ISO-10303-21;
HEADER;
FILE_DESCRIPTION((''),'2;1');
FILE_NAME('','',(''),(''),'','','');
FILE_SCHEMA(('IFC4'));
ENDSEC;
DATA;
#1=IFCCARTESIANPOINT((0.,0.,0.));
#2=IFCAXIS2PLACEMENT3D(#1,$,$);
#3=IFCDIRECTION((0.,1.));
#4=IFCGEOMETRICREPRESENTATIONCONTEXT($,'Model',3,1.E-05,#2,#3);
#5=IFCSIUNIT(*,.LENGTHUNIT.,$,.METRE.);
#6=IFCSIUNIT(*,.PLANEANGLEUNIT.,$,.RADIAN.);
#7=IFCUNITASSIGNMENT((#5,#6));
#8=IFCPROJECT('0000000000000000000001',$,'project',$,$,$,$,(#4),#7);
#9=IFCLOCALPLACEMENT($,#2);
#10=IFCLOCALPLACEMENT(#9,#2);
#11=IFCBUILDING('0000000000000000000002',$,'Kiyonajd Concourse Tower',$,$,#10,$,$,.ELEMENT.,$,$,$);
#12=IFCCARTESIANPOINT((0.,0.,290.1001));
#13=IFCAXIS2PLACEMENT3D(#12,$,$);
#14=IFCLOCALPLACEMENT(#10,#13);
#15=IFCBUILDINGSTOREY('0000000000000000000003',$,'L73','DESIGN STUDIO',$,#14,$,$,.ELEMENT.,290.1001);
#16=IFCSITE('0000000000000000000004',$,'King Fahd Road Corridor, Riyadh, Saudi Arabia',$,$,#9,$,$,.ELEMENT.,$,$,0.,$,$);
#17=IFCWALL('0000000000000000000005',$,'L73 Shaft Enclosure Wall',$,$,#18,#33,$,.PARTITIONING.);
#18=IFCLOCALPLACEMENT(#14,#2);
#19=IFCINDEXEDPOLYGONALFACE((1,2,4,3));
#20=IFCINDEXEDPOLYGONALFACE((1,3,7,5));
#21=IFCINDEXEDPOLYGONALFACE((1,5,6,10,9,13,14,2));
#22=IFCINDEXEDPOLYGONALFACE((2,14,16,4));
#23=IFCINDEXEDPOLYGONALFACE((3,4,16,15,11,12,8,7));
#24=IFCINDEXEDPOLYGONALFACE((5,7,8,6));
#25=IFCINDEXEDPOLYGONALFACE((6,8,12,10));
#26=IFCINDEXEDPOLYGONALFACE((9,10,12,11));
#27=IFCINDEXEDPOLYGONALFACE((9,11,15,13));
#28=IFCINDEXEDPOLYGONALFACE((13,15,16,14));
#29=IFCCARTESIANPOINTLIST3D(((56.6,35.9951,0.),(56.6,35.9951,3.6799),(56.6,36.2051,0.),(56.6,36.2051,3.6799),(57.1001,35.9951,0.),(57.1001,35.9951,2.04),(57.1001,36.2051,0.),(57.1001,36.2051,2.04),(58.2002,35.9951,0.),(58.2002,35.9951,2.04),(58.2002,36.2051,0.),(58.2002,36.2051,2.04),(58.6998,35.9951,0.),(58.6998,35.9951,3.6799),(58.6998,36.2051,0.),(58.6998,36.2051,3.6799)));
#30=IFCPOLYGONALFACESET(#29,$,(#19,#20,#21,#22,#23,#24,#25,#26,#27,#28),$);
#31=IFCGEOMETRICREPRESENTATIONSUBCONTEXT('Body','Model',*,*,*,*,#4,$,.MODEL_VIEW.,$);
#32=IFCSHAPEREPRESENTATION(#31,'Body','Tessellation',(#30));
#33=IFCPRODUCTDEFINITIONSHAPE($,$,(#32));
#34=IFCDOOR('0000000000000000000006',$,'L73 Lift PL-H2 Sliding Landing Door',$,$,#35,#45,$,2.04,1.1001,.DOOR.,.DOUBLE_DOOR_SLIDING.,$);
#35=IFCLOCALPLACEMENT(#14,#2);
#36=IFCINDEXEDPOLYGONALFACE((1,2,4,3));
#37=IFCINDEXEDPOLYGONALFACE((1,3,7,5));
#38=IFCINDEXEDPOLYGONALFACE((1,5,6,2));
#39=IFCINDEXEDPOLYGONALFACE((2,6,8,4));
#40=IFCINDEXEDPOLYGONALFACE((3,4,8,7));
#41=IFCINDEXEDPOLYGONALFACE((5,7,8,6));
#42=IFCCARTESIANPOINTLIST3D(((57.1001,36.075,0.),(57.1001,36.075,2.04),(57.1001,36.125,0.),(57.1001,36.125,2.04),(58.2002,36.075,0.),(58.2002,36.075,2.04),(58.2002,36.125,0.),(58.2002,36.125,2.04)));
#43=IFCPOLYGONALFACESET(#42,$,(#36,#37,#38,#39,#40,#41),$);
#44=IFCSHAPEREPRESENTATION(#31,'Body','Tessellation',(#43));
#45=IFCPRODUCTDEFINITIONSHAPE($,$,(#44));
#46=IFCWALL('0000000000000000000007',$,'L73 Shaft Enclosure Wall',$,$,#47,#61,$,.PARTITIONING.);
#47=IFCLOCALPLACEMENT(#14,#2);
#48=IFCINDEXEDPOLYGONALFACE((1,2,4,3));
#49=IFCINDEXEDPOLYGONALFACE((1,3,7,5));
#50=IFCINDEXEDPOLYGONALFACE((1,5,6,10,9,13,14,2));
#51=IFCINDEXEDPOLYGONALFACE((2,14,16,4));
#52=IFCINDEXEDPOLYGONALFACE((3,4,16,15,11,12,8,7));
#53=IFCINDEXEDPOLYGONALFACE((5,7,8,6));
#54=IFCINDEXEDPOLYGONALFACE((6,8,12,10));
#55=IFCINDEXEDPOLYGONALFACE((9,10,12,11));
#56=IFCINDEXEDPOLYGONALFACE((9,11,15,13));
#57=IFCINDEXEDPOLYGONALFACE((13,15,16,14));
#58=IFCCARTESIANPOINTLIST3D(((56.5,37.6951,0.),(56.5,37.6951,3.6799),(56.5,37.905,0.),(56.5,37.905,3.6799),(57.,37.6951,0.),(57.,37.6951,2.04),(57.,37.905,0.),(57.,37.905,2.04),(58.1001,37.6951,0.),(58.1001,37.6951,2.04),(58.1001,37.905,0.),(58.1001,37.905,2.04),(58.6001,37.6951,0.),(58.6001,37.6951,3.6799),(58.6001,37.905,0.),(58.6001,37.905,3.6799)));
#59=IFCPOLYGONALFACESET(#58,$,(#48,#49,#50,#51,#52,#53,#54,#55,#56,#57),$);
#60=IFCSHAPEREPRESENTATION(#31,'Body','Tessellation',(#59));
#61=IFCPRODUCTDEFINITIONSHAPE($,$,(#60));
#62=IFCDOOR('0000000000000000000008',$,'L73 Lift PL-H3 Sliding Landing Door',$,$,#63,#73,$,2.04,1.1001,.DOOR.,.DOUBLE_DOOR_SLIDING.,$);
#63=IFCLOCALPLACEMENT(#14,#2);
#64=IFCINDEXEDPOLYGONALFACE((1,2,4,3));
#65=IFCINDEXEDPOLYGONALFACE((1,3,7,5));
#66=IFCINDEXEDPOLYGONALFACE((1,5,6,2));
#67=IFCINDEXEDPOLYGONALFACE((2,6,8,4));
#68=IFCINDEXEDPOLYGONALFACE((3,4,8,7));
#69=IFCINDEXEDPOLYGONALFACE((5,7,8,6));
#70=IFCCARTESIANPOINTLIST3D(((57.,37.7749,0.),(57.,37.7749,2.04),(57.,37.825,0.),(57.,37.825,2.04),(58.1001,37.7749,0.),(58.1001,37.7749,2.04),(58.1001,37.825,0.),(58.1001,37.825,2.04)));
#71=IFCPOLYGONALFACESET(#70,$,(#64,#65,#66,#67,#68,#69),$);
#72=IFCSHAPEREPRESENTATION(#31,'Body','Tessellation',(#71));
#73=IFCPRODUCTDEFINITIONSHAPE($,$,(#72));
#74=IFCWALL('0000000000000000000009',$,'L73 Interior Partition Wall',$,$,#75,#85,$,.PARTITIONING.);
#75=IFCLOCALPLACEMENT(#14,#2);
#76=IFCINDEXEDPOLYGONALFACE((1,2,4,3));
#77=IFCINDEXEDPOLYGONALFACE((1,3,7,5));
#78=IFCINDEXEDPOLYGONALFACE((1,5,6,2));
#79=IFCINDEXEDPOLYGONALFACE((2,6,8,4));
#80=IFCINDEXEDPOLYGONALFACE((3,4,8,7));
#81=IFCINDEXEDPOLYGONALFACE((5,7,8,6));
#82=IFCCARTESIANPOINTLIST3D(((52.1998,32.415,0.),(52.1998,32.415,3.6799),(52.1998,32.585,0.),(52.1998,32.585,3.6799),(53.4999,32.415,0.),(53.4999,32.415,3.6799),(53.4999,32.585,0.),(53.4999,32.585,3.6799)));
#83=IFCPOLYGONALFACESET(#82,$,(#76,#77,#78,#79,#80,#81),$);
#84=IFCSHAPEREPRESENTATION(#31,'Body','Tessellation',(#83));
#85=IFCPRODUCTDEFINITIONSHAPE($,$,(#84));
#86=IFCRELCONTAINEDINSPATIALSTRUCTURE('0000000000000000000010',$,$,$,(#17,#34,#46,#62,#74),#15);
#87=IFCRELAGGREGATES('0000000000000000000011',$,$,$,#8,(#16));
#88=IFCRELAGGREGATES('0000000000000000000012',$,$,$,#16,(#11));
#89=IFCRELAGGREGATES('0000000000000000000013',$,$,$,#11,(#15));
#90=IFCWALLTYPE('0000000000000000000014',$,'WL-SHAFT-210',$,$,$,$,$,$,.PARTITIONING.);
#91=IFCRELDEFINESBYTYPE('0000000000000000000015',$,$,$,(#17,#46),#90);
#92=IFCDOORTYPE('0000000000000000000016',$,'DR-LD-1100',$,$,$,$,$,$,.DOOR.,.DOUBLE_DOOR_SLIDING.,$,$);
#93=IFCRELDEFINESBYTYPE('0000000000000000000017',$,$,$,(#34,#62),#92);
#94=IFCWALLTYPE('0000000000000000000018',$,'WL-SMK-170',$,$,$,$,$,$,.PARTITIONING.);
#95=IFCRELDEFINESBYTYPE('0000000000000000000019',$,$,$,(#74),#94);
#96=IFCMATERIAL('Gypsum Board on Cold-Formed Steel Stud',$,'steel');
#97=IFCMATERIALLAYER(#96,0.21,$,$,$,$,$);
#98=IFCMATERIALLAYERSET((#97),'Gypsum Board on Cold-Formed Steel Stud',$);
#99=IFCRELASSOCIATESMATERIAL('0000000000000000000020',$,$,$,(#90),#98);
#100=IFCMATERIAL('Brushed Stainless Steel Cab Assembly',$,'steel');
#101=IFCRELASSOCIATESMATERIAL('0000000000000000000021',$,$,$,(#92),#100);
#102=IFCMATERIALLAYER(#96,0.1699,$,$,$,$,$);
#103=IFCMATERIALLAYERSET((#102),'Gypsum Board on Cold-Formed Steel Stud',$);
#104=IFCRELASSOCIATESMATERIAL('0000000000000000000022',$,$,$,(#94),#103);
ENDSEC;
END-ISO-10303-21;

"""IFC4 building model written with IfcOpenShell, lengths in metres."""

from ifc_helpers import new_model, si_unit, direction, frame, frame_2d, origin, place, context, subcontext, project, spatial, rectangle, extrude, material, layer, layer_set, type_object, element, fill, save


model = new_model("IFC4")

# Units and contexts
model_context = context("Model", 3, precision=1e-05, world=origin(), true_north=direction((0.0, 1.0)))
body_context = subcontext(model_context, "Body", "Model", "MODEL_VIEW")
ifc_project = project(units=[si_unit("LENGTHUNIT", "METRE"), si_unit("PLANEANGLEUNIT", "RADIAN")], contexts=[model_context])

# Site, building, storey
site_placement = place(None, origin())
site = spatial("IfcSite", under=ifc_project, at=site_placement, Name="King Fahd Road Corridor, Riyadh, Saudi Arabia", CompositionType="ELEMENT", RefElevation=0.0)
building_placement = place(site_placement, origin())
building = spatial("IfcBuilding", under=site, at=building_placement, Name="Kiyonajd Concourse Tower", CompositionType="ELEMENT")
storey_placement = place(building_placement, frame((0.0, 0.0, 290.1001)))
storey = spatial("IfcBuildingStorey", under=building, at=storey_placement, Name="L73", Description="DESIGN STUDIO", CompositionType="ELEMENT", Elevation=290.1001)

# Shared definitions
ifc_material_1 = material(Name="Gypsum Board on Cold-Formed Steel Stud", Category="steel")
ifc_layer_1 = layer(ifc_material_1, 0.21)
ifc_layer_set_1 = layer_set([ifc_layer_1], Name="Gypsum Board on Cold-Formed Steel Stud")
wall_type_1 = type_object("IfcWallType", Name="WL-SHAFT-210", PredefinedType="PARTITIONING", material=ifc_layer_set_1)
ifc_material_2 = material(Name="Brushed Stainless Steel Cab Assembly", Category="steel")

# Shared definitions
door_type_1 = type_object("IfcDoorType", Name="DR-LD-1100", OperationType="DOUBLE_DOOR_SLIDING", PredefinedType="DOOR", material=ifc_material_2)

# Walls, openings, doors
wall_1_placement = place(storey_placement, frame((56.6001, 36.1001, 0.0), z_axis=(0.0, 0.0, 1.0), x_axis=(1.0, 0.0, 0.0)))
wall_1 = element("IfcWall", 1, at=wall_1_placement, inside=storey, type_object=wall_type_1, Name="L73 Shaft Enclosure Wall", PredefinedType="PARTITIONING", context=body_context, shape_type="SweptSolid", body=[
    extrude(rectangle(XDim=2.0999, YDim=0.21, at=frame_2d((1.0498, 0.0))), origin(), (0.0, 0.0, 1.0), 3.6799),
])
opening_1_placement = place(wall_1_placement, frame((0.5, 0.0, 0.0)))
opening_1 = element("IfcOpeningElement", 2, at=opening_1_placement, cuts=wall_1, PredefinedType="OPENING", context=body_context, shape_type="SweptSolid", body=[
    extrude(rectangle(XDim=1.1001, YDim=2.04, at=frame_2d((0.55, 1.02))), frame((0.0, 0.115, 0.0), z_axis=(0.0, -1.0, 0.0), x_axis=(1.0, 0.0, 0.0)), (0.0, 0.0, 1.0), 0.23),
])
door_1_placement = place(opening_1_placement, origin())
door_1 = element("IfcDoor", 3, at=door_1_placement, inside=storey, type_object=door_type_1, Name="L73 Lift PL-H2 Sliding Landing Door", OperationType="DOUBLE_DOOR_SLIDING", OverallHeight=2.04, OverallWidth=1.1001, PredefinedType="DOOR", context=body_context, shape_type="SweptSolid", body=[
    extrude(rectangle(XDim=1.1001, YDim=2.04, at=frame_2d((0.55, 1.02))), frame((0.0, 0.0249, 0.0), z_axis=(0.0, -1.0, 0.0), x_axis=(1.0, 0.0, 0.0)), (0.0, 0.0, 1.0), 0.05),
])
fill(opening_1, door_1)
wall_2_placement = place(storey_placement, frame((56.5, 37.8, 0.0), z_axis=(0.0, 0.0, 1.0), x_axis=(1.0, 0.0, 0.0)))
wall_2 = element("IfcWall", 4, at=wall_2_placement, inside=storey, type_object=wall_type_1, Name="L73 Shaft Enclosure Wall", PredefinedType="PARTITIONING", context=body_context, shape_type="SweptSolid", body=[
    extrude(rectangle(XDim=2.1001, YDim=0.21, at=frame_2d((1.05, 0.0))), origin(), (0.0, 0.0, 1.0), 3.6799),
])
opening_2_placement = place(wall_2_placement, frame((0.5, 0.0, 0.0)))
opening_2 = element("IfcOpeningElement", 5, at=opening_2_placement, cuts=wall_2, PredefinedType="OPENING", context=body_context, shape_type="SweptSolid", body=[
    extrude(rectangle(XDim=1.1001, YDim=2.04, at=frame_2d((0.55, 1.02))), frame((0.0, 0.115, 0.0), z_axis=(0.0, -1.0, 0.0), x_axis=(1.0, 0.0, 0.0)), (0.0, 0.0, 1.0), 0.23),
])
door_2_placement = place(opening_2_placement, origin())
door_2 = element("IfcDoor", 6, at=door_2_placement, inside=storey, type_object=door_type_1, Name="L73 Lift PL-H3 Sliding Landing Door", OperationType="DOUBLE_DOOR_SLIDING", OverallHeight=2.04, OverallWidth=1.1001, PredefinedType="DOOR", context=body_context, shape_type="SweptSolid", body=[
    extrude(rectangle(XDim=1.1001, YDim=2.04, at=frame_2d((0.55, 1.02))), frame((0.0, 0.0249, 0.0), z_axis=(0.0, -1.0, 0.0), x_axis=(1.0, 0.0, 0.0)), (0.0, 0.0, 1.0), 0.05),
])
fill(opening_2, door_2)

# Wall
ifc_layer_2 = layer(ifc_material_1, 0.1699)
ifc_layer_set_2 = layer_set([ifc_layer_2], Name="Gypsum Board on Cold-Formed Steel Stud")
wall_type_2 = type_object("IfcWallType", Name="WL-SMK-170", PredefinedType="PARTITIONING", material=ifc_layer_set_2)
wall_3_placement = place(storey_placement, frame((52.2, 32.5, 0.0), z_axis=(0.0, 0.0, 1.0), x_axis=(1.0, 0.0, 0.0)))
element("IfcWall", 7, at=wall_3_placement, inside=storey, type_object=wall_type_2, Name="L73 Interior Partition Wall", PredefinedType="PARTITIONING", context=body_context, shape_type="SweptSolid", body=[
    extrude(rectangle(XDim=1.3, YDim=0.1699, at=frame_2d((0.6499, 0.0))), origin(), (0.0, 0.0, 1.0), 3.6799),
])

save(model, "model.ifc")
